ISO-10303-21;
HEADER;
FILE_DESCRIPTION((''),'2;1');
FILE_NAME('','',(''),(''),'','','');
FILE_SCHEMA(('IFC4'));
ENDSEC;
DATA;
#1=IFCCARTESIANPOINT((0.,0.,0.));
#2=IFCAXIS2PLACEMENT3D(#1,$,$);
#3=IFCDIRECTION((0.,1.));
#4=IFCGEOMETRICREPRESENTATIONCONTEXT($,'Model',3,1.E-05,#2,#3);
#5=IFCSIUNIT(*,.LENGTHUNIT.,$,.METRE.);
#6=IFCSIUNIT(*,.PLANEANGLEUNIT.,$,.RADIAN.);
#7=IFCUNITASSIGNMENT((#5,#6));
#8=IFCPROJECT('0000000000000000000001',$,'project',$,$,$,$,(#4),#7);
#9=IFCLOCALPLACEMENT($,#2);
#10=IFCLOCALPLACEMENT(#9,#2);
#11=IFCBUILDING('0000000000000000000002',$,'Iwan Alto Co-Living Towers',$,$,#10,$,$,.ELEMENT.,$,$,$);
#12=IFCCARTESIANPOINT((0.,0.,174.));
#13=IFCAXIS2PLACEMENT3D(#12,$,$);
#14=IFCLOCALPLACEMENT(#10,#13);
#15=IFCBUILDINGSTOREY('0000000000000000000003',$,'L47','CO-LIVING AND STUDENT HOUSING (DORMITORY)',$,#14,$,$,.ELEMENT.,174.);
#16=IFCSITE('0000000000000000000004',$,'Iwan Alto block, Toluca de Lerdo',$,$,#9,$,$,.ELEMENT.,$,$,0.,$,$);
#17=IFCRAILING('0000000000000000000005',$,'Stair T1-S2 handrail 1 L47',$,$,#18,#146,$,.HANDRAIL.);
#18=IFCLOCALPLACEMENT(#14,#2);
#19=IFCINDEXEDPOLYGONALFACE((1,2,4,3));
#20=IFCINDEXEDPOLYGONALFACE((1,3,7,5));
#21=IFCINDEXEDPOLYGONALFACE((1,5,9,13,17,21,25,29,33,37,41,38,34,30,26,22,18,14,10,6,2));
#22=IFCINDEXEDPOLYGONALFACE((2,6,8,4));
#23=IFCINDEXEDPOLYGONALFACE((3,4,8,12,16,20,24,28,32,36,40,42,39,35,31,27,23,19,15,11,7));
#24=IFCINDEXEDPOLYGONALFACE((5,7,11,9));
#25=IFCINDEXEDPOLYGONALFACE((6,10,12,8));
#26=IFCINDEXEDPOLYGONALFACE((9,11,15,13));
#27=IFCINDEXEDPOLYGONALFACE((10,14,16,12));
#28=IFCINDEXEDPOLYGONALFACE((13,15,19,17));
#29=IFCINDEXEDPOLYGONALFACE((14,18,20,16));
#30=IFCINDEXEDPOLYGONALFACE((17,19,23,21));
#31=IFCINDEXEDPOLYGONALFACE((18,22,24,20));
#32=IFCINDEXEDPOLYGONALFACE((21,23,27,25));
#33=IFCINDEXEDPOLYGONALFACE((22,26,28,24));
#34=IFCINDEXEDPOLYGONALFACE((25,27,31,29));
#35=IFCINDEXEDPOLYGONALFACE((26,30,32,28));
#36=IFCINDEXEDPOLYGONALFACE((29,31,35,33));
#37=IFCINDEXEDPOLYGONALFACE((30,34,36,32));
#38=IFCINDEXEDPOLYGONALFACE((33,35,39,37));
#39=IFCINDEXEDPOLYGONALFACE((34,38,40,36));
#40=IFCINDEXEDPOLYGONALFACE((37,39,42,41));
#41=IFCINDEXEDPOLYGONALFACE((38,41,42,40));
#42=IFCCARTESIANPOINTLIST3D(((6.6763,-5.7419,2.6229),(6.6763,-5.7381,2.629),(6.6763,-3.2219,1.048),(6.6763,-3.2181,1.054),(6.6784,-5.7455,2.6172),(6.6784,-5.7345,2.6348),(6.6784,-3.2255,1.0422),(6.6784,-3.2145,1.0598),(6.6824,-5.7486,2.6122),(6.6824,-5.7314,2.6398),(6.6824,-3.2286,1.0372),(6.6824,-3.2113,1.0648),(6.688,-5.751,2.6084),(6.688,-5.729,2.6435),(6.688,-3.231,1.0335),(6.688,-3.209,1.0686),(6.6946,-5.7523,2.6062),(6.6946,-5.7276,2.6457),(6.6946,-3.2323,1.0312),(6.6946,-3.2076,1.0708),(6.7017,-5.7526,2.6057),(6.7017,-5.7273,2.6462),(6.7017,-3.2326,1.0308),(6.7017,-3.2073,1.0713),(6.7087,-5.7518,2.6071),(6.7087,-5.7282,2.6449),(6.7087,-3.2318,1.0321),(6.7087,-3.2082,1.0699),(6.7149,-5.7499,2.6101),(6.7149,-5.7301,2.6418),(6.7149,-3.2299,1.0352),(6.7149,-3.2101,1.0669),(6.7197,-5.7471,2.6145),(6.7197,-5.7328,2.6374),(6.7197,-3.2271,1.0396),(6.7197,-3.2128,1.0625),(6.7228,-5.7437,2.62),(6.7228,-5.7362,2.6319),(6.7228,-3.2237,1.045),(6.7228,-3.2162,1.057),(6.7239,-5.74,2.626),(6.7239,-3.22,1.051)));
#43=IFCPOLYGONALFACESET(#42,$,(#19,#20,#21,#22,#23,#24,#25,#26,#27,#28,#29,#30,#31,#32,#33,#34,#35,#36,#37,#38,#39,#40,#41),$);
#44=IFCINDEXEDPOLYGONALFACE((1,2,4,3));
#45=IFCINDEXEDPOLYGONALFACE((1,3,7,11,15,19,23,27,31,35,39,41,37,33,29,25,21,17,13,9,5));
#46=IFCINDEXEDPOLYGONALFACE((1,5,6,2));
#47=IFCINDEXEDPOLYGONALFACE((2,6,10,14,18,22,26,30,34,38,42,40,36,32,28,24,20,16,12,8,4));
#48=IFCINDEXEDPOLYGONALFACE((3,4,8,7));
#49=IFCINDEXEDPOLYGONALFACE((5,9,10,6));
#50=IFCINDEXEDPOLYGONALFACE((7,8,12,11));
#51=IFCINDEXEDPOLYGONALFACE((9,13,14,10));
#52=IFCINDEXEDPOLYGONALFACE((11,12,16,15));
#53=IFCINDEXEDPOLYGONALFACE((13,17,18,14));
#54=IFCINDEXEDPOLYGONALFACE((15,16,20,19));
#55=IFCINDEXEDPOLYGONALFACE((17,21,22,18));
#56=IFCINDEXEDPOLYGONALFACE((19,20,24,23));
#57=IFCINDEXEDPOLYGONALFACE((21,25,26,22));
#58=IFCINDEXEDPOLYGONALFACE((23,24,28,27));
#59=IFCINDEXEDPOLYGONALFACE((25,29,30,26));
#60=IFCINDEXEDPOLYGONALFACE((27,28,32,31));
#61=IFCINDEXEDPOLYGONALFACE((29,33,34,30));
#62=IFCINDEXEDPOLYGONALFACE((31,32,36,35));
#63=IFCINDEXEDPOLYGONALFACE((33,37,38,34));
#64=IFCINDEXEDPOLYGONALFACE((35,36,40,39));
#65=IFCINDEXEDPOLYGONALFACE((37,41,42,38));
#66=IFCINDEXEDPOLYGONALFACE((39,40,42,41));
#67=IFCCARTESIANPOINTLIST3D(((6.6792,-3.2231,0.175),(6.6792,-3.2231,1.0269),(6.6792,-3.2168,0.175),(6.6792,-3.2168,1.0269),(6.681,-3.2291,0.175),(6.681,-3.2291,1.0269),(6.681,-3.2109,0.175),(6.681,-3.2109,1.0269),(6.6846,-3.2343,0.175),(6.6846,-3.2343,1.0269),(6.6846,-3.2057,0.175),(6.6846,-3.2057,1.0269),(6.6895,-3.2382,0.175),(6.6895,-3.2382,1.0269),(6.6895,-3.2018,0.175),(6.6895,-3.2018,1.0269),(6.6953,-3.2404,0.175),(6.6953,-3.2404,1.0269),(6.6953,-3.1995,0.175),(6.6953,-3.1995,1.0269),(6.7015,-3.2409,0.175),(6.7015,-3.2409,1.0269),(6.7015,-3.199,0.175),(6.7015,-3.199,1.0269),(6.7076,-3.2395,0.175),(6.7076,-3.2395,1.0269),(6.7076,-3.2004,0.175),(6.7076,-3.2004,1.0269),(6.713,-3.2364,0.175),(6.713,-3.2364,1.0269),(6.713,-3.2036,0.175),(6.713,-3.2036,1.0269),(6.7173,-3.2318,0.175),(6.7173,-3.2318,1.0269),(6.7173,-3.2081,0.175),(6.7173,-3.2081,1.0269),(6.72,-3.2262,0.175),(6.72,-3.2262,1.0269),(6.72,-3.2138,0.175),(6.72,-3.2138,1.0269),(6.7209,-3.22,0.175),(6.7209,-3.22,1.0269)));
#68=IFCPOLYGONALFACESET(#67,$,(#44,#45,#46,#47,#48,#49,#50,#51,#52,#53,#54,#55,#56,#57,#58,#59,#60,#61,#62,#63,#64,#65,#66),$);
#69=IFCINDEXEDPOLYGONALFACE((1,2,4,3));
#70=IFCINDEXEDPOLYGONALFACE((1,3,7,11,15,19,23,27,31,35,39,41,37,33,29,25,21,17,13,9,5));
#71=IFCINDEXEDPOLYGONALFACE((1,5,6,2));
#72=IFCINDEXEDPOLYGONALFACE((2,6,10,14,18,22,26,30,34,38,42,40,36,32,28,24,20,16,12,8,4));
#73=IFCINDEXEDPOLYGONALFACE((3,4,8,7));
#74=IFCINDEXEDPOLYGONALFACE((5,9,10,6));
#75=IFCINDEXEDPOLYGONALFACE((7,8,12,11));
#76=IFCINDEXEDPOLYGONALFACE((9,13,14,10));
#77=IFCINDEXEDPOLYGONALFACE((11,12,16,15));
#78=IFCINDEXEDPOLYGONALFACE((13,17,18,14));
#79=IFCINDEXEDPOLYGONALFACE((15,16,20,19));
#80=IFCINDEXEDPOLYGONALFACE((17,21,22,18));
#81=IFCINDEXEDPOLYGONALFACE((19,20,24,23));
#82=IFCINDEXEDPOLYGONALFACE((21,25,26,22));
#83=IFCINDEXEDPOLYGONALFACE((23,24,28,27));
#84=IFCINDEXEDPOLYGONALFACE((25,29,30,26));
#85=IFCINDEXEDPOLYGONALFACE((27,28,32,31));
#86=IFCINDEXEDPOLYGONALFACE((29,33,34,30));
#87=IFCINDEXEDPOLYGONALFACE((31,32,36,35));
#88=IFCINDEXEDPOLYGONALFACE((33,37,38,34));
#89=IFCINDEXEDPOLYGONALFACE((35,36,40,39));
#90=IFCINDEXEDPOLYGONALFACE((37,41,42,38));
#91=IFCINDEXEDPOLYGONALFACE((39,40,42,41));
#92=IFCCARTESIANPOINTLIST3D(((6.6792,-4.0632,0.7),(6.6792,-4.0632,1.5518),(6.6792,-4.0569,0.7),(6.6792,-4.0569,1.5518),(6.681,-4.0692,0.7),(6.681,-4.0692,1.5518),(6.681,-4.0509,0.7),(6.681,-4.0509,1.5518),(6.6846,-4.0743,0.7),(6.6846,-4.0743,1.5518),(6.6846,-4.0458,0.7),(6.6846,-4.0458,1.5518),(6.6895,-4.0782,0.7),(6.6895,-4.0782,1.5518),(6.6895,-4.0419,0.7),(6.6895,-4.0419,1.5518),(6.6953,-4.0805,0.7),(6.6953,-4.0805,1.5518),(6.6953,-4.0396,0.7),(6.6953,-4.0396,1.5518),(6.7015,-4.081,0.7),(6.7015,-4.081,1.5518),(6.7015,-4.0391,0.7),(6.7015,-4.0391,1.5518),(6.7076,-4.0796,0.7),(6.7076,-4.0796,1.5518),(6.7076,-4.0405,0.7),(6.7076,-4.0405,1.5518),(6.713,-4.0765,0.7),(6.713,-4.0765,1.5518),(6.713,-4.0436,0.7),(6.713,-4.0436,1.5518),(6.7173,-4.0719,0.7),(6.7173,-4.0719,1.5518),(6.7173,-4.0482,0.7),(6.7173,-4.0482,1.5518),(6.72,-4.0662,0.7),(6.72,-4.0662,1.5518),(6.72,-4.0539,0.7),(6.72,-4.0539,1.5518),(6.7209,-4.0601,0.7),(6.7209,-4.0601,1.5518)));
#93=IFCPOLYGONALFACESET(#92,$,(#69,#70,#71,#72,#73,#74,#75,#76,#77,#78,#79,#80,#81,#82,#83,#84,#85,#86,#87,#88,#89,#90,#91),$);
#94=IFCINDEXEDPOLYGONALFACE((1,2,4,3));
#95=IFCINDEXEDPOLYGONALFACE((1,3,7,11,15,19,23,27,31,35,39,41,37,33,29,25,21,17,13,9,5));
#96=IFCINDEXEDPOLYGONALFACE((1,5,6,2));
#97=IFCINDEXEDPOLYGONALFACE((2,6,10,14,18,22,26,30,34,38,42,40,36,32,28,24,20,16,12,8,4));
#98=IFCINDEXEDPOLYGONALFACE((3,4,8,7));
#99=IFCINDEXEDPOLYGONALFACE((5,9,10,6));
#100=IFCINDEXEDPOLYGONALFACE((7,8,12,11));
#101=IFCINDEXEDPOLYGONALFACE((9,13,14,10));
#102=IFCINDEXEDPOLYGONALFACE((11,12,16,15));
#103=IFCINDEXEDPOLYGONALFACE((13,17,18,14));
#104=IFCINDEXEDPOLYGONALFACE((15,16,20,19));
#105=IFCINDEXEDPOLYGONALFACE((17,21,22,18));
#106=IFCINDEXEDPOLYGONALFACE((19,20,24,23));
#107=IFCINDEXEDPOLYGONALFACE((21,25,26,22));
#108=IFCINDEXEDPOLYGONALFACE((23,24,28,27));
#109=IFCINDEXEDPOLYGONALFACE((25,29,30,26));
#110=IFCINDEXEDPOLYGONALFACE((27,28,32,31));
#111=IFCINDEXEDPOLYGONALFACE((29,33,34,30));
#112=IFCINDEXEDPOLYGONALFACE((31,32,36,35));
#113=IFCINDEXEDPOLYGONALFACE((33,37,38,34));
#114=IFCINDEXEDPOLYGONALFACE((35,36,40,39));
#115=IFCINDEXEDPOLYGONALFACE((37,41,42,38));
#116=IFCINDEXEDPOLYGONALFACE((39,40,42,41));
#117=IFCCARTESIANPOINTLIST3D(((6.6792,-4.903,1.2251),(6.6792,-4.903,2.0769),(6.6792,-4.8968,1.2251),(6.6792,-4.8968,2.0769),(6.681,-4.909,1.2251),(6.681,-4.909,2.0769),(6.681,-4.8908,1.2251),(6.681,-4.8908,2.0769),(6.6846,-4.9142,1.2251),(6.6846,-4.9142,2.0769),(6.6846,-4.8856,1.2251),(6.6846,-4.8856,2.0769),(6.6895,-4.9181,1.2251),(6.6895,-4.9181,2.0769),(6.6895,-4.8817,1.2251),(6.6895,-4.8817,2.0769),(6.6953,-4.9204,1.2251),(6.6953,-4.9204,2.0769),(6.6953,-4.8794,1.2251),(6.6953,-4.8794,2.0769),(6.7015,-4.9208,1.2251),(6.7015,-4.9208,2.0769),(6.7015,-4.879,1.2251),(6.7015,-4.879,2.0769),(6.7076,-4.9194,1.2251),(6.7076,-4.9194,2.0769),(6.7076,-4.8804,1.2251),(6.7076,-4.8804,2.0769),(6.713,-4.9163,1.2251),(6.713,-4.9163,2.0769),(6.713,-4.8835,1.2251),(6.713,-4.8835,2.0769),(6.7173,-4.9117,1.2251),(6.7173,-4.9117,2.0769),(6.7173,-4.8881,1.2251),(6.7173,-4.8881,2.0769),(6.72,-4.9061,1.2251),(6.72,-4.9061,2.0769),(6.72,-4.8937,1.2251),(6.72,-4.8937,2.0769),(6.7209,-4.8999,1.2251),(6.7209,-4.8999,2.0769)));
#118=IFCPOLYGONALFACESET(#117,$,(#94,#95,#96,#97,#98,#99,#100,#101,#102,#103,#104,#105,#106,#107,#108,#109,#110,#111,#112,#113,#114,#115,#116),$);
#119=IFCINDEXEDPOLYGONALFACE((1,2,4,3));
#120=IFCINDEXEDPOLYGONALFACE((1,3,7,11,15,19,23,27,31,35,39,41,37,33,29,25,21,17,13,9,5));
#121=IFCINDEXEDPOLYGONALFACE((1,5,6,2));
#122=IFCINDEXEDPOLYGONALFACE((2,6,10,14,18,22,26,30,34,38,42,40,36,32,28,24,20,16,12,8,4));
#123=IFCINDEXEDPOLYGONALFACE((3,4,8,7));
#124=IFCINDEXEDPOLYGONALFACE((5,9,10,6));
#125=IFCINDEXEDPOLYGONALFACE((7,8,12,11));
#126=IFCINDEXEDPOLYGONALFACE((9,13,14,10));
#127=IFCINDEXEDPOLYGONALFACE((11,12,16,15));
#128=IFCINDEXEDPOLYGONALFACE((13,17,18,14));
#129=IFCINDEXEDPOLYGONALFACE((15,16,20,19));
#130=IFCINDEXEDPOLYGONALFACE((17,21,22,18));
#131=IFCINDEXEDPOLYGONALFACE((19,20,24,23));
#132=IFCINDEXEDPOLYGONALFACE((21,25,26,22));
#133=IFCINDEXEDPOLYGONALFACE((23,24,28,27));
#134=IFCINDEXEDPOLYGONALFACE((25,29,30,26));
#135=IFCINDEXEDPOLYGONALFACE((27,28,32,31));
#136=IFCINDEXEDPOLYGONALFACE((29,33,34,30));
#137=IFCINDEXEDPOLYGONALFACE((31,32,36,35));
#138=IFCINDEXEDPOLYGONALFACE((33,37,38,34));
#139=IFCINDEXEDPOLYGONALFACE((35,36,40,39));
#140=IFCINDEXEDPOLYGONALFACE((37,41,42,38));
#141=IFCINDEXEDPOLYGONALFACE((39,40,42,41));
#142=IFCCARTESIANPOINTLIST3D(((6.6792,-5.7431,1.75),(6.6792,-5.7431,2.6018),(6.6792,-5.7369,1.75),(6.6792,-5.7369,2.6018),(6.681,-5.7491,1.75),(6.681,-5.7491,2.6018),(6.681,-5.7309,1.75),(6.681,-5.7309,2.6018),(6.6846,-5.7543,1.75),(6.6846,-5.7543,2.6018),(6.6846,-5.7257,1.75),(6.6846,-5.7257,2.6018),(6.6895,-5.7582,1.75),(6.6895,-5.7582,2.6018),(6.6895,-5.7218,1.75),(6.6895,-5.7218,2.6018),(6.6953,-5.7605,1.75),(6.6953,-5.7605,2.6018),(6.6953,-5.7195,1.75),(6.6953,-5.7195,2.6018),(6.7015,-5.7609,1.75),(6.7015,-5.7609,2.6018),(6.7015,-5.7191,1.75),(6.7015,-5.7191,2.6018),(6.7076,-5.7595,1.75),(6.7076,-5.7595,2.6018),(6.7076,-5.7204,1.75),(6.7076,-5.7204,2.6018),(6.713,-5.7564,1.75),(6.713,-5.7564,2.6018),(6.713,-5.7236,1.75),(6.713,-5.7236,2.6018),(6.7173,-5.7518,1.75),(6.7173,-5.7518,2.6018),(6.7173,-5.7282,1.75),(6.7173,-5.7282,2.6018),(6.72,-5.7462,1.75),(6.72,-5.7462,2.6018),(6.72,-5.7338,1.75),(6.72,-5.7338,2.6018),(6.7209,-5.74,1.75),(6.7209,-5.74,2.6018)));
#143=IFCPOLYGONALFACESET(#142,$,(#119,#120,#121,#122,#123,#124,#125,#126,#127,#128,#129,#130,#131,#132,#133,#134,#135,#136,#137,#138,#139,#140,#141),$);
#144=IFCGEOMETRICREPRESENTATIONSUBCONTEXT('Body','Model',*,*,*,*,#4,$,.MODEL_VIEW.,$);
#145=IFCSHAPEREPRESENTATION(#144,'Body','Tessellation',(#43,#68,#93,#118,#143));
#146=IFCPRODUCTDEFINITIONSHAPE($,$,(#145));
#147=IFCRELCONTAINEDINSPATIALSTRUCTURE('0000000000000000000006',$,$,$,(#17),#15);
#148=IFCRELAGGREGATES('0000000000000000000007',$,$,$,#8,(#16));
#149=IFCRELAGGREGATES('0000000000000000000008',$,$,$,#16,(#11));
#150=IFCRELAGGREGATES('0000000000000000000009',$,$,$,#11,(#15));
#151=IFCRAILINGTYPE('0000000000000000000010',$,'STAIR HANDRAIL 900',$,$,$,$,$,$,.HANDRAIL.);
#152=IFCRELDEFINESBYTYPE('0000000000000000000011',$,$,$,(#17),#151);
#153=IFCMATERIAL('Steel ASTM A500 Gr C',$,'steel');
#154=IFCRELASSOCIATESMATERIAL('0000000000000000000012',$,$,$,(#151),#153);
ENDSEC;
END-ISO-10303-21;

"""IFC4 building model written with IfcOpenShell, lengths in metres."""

from ifc_helpers import new_model, si_unit, direction, frame, origin, origin_2d, place, context, subcontext, project, spatial, circle, extrude, material, type_object, element, save


model = new_model("IFC4")

# Units and contexts
model_context = context("Model", 3, precision=1e-05, world=origin(), true_north=direction((0.0, 1.0)))
body_context = subcontext(model_context, "Body", "Model", "MODEL_VIEW")
ifc_project = project(units=[si_unit("LENGTHUNIT", "METRE"), si_unit("PLANEANGLEUNIT", "RADIAN")], contexts=[model_context])

# Site, building, storey
site_placement = place(None, origin())
site = spatial("IfcSite", under=ifc_project, at=site_placement, Name="Iwan Alto block, Toluca de Lerdo", CompositionType="ELEMENT", RefElevation=0.0)
building_placement = place(site_placement, origin())
building = spatial("IfcBuilding", under=site, at=building_placement, Name="Iwan Alto Co-Living Towers", CompositionType="ELEMENT")
storey_placement = place(building_placement, frame((0.0, 0.0, 174.0)))
storey = spatial("IfcBuildingStorey", under=building, at=storey_placement, Name="L47", Description="CO-LIVING AND STUDENT HOUSING (DORMITORY)", CompositionType="ELEMENT", Elevation=174.0)

# Railing
ifc_material_1 = material(Name="Steel ASTM A500 Gr C", Category="steel")
railing_type_1 = type_object("IfcRailingType", Name="STAIR HANDRAIL 900", PredefinedType="HANDRAIL", material=ifc_material_1)
railing_1_placement = place(storey_placement, frame((6.7, -3.22, 0.175)))
element("IfcRailing", 1, at=railing_1_placement, inside=storey, type_object=railing_type_1, Name="Stair T1-S2 handrail 1 L47", PredefinedType="HANDRAIL", context=body_context, shape_type="SweptSolid", body=[
    extrude(circle(Radius=0.0239, at=origin_2d()), frame((0.0, 0.0, 0.876), z_axis=(0.0, -0.848008, 0.529984), x_axis=(1.0, 0.0, 0.0)), (0.0, 0.0, 1.0), 2.9717),
    extrude(circle(Radius=0.021, at=origin_2d()), origin(), (0.0, 0.0, 1.0), 0.8518),
    extrude(circle(Radius=0.021, at=origin_2d()), frame((0.0, -0.8401, 0.5249)), (0.0, 0.0, 1.0), 0.8518),
    extrude(circle(Radius=0.021, at=origin_2d()), frame((0.0, -1.6799, 1.05)), (0.0, 0.0, 1.0), 0.8518),
    extrude(circle(Radius=0.021, at=origin_2d()), frame((0.0, -2.52, 1.575)), (0.0, 0.0, 1.0), 0.8518),
])

save(model, "model.ifc")
